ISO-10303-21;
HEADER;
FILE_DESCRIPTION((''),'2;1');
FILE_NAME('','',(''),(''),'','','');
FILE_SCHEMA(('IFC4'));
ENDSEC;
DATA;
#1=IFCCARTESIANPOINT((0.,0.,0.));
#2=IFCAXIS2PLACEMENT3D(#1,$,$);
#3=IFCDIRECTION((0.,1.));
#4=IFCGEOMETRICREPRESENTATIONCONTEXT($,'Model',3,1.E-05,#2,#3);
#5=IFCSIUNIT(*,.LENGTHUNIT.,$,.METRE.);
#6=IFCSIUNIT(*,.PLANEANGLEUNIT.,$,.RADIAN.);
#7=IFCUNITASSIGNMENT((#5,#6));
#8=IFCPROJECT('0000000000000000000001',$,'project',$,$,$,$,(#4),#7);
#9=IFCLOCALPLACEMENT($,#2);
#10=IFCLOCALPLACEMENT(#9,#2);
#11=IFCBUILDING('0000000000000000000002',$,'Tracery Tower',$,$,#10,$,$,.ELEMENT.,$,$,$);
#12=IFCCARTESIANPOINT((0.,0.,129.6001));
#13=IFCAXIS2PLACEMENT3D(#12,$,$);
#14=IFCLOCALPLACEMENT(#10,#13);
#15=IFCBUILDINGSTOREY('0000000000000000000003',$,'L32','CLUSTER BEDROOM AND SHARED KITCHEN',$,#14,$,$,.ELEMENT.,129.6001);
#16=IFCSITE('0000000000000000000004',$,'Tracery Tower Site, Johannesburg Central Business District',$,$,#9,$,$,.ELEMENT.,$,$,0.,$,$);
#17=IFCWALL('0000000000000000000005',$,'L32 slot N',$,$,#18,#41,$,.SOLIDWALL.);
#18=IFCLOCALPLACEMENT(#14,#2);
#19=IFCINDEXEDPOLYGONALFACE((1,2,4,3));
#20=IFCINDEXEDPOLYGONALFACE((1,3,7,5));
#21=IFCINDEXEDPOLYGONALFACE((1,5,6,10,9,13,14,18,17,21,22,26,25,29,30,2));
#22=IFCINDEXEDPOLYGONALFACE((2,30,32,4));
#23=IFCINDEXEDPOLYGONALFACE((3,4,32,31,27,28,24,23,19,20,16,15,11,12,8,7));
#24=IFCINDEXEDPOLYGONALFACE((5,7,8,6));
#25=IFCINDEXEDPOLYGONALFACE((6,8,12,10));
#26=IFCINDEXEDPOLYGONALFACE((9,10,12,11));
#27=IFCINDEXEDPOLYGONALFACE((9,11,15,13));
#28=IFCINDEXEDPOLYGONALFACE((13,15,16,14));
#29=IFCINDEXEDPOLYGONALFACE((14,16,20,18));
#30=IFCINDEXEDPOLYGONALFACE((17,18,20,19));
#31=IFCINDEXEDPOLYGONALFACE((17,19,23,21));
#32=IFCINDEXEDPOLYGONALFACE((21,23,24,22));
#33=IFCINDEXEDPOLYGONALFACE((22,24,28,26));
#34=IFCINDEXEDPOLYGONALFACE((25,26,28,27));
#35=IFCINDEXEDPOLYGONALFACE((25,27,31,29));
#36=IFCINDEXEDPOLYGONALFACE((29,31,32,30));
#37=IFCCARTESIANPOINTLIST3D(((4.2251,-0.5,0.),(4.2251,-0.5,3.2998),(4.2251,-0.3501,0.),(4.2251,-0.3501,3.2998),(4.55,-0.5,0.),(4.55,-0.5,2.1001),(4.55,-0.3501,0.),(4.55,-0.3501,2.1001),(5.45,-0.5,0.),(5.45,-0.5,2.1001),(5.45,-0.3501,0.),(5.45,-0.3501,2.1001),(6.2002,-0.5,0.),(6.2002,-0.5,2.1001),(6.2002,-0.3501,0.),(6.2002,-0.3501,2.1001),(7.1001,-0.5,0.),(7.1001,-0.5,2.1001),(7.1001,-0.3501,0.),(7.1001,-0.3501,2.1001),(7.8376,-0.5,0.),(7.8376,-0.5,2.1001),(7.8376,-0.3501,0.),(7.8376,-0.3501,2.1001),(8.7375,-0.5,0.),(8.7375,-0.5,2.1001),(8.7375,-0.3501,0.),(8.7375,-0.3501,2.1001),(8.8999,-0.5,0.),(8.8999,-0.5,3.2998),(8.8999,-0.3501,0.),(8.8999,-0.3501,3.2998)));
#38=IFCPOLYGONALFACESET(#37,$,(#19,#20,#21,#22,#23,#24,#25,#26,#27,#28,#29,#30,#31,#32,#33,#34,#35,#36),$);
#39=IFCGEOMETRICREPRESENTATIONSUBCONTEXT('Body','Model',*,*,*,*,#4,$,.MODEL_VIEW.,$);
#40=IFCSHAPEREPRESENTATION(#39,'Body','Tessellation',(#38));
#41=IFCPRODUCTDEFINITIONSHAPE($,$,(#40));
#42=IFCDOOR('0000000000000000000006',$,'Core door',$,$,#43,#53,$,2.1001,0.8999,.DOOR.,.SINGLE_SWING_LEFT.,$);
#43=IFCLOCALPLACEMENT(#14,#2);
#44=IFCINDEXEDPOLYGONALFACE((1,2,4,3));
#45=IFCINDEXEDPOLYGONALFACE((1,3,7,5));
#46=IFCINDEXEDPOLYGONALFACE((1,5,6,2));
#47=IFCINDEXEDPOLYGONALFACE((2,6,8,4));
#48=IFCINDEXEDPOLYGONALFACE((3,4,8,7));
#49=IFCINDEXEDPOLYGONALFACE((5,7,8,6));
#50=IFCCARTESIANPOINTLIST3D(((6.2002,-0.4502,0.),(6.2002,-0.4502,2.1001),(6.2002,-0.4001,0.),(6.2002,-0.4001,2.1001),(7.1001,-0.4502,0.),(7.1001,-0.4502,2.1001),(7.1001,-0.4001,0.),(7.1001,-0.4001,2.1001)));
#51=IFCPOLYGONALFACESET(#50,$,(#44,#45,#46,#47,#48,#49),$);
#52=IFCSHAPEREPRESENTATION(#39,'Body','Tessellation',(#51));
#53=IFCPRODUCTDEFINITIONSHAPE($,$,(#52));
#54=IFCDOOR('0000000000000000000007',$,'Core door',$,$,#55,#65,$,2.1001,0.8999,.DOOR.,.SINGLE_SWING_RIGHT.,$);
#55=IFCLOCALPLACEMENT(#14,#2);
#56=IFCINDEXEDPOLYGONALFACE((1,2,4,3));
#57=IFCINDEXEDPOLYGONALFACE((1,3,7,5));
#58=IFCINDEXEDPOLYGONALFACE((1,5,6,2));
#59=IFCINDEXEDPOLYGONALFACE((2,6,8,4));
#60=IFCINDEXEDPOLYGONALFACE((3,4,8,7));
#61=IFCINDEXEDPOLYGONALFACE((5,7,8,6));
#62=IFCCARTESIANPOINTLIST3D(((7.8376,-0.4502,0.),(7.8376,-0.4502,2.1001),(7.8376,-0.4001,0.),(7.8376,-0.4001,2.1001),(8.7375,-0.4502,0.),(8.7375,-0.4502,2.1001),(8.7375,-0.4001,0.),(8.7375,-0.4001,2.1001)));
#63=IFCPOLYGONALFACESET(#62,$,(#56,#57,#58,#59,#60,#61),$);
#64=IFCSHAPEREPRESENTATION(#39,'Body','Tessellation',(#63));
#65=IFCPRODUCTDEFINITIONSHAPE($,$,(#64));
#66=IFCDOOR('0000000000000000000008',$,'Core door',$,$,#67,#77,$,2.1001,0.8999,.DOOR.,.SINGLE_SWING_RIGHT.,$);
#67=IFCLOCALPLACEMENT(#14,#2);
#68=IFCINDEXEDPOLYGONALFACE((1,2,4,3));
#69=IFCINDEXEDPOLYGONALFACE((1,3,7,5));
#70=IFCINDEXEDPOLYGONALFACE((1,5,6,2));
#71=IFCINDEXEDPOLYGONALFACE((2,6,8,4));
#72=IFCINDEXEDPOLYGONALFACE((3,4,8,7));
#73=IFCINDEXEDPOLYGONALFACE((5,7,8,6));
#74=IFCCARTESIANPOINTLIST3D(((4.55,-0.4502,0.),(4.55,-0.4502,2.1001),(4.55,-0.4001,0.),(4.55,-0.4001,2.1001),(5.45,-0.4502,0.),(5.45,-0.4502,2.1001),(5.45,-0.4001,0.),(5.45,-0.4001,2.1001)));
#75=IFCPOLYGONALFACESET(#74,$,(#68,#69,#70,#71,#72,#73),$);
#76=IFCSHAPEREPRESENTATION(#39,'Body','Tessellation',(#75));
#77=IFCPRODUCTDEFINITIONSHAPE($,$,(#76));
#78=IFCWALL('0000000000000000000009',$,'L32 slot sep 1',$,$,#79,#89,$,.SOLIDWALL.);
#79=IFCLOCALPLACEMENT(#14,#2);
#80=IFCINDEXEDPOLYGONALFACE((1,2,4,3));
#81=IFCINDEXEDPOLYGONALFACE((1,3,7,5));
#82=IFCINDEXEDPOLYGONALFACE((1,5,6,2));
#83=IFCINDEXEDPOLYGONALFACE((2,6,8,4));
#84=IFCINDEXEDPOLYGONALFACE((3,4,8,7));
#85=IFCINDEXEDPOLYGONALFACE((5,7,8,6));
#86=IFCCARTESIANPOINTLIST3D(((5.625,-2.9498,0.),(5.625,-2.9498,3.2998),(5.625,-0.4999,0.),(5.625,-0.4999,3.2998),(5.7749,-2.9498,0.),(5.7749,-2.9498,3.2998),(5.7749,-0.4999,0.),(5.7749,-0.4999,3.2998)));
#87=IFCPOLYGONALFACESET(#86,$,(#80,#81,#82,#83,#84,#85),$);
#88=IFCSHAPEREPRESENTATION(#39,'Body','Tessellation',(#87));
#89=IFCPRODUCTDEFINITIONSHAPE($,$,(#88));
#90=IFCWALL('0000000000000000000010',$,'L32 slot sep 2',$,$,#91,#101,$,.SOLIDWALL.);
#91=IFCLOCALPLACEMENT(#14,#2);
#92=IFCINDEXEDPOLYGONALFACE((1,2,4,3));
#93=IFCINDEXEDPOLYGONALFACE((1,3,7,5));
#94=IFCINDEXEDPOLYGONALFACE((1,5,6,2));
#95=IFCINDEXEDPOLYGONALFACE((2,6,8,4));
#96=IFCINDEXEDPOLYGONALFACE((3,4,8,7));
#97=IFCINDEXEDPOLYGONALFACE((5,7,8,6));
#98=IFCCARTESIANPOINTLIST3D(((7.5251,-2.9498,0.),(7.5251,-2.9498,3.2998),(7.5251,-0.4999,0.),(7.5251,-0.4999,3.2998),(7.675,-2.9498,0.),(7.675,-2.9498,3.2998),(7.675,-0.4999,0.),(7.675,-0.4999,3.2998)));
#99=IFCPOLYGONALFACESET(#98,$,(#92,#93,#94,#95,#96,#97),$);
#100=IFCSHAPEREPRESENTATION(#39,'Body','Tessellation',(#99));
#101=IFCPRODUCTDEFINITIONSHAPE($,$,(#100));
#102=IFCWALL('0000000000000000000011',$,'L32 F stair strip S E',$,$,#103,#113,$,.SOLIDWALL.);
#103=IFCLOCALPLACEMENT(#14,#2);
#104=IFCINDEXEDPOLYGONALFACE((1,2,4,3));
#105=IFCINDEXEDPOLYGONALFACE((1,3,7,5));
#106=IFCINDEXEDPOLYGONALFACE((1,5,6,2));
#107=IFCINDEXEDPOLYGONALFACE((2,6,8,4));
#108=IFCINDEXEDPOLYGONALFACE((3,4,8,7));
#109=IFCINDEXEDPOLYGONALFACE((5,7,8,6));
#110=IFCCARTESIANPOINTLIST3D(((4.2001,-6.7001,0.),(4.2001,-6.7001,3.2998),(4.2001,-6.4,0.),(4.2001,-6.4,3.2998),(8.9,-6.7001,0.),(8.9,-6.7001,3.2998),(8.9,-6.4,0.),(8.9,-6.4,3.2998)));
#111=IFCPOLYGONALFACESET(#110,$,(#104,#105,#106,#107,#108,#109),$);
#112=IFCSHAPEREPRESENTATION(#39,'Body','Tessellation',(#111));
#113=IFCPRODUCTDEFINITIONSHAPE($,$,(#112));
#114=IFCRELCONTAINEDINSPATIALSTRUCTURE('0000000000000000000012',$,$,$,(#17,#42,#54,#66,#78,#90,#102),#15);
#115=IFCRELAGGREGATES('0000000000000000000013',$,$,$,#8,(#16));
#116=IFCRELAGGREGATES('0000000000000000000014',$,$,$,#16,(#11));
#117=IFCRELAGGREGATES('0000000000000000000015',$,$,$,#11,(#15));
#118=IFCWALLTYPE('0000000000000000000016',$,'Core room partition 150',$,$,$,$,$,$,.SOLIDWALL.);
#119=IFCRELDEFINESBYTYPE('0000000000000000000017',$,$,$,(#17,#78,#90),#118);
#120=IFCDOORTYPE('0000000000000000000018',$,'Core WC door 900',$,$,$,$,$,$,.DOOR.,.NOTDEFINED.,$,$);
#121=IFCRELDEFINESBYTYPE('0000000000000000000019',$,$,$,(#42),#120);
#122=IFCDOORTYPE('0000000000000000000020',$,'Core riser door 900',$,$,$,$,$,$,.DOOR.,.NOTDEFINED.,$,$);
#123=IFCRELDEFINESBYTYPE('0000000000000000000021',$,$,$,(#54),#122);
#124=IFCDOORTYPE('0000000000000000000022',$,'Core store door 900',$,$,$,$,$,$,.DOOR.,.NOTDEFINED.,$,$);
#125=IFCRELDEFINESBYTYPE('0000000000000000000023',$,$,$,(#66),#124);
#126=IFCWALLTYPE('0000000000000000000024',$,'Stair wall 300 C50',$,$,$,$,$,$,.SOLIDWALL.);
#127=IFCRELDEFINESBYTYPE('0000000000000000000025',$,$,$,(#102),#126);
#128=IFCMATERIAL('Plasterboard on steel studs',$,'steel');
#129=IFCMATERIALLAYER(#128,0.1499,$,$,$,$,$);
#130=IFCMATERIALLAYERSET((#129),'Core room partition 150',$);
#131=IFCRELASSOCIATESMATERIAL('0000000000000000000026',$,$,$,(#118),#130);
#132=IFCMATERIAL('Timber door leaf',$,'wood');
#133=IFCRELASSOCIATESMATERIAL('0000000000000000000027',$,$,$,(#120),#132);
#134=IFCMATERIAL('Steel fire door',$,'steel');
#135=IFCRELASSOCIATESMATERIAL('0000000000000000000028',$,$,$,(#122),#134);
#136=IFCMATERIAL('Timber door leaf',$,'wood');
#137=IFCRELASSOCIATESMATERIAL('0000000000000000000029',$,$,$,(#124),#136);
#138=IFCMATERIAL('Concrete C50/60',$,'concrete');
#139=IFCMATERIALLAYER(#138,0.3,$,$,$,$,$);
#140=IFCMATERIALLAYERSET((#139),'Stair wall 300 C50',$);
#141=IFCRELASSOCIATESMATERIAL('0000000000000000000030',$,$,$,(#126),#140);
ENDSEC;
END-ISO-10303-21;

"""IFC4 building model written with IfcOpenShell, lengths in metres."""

from ifc_helpers import new_model, si_unit, direction, frame, frame_2d, origin, place, context, subcontext, project, spatial, rectangle, extrude, material, layer, layer_set, type_object, element, fill, save


model = new_model("IFC4")

# Units and contexts
model_context = context("Model", 3, precision=1e-05, world=origin(), true_north=direction((0.0, 1.0)))
body_context = subcontext(model_context, "Body", "Model", "MODEL_VIEW")
ifc_project = project(units=[si_unit("LENGTHUNIT", "METRE"), si_unit("PLANEANGLEUNIT", "RADIAN")], contexts=[model_context])

# Site, building, storey
site_placement = place(None, origin())
site = spatial("IfcSite", under=ifc_project, at=site_placement, Name="Tracery Tower Site, Johannesburg Central Business District", CompositionType="ELEMENT", RefElevation=0.0)
building_placement = place(site_placement, origin())
building = spatial("IfcBuilding", under=site, at=building_placement, Name="Tracery Tower", CompositionType="ELEMENT")
storey_placement = place(building_placement, frame((0.0, 0.0, 129.6001)))
storey = spatial("IfcBuildingStorey", under=building, at=storey_placement, Name="L32", Description="CLUSTER BEDROOM AND SHARED KITCHEN", CompositionType="ELEMENT", Elevation=129.6001)

# Shared definitions
ifc_material_1 = material(Name="Plasterboard on steel studs", Category="steel")
ifc_layer_1 = layer(ifc_material_1, 0.1499)
ifc_layer_set_1 = layer_set([ifc_layer_1], Name="Core room partition 150")
wall_type_1 = type_object("IfcWallType", Name="Core room partition 150", PredefinedType="SOLIDWALL", material=ifc_layer_set_1)

# Wall, openings, doors
wall_1_placement = place(storey_placement, frame((4.2251, -0.425, 0.0), z_axis=(0.0, 0.0, 1.0), x_axis=(1.0, 0.0, 0.0)))
wall_1 = element("IfcWall", 1, at=wall_1_placement, inside=storey, type_object=wall_type_1, Name="L32 slot N", PredefinedType="SOLIDWALL", context=body_context, shape_type="SweptSolid", body=[
    extrude(rectangle(XDim=4.6748, YDim=0.1499, at=frame_2d((2.3374, 0.0))), origin(), (0.0, 0.0, 1.0), 3.2998),
])
opening_1_placement = place(wall_1_placement, frame((0.325, 0.0, 0.0)))
opening_1 = element("IfcOpeningElement", 2, at=opening_1_placement, cuts=wall_1, PredefinedType="OPENING", context=body_context, shape_type="SweptSolid", body=[
    extrude(rectangle(XDim=0.8999, YDim=2.1001, at=frame_2d((0.45, 1.05))), frame((0.0, 0.075, 0.0), z_axis=(0.0, -1.0, 0.0), x_axis=(1.0, 0.0, 0.0)), (0.0, 0.0, 1.0), 0.1499),
])
opening_2_placement = place(wall_1_placement, frame((1.9751, 0.0, 0.0)))
opening_2 = element("IfcOpeningElement", 3, at=opening_2_placement, cuts=wall_1, PredefinedType="OPENING", context=body_context, shape_type="SweptSolid", body=[
    extrude(rectangle(XDim=0.8999, YDim=2.1001, at=frame_2d((0.45, 1.05))), frame((0.0, 0.075, 0.0), z_axis=(0.0, -1.0, 0.0), x_axis=(1.0, 0.0, 0.0)), (0.0, 0.0, 1.0), 0.1499),
])
opening_3_placement = place(wall_1_placement, frame((3.6125, 0.0, 0.0)))
opening_3 = element("IfcOpeningElement", 4, at=opening_3_placement, cuts=wall_1, PredefinedType="OPENING", context=body_context, shape_type="SweptSolid", body=[
    extrude(rectangle(XDim=0.8999, YDim=2.1001, at=frame_2d((0.45, 1.05))), frame((0.0, 0.075, 0.0), z_axis=(0.0, -1.0, 0.0), x_axis=(1.0, 0.0, 0.0)), (0.0, 0.0, 1.0), 0.1499),
])
ifc_material_2 = material(Name="Timber door leaf", Category="wood")
door_type_1 = type_object("IfcDoorType", Name="Core WC door 900", OperationType="NOTDEFINED", PredefinedType="DOOR", material=ifc_material_2)
door_1_placement = place(opening_2_placement, origin())
door_1 = element("IfcDoor", 5, at=door_1_placement, inside=storey, type_object=door_type_1, Name="Core door", OperationType="SINGLE_SWING_LEFT", OverallHeight=2.1001, OverallWidth=0.8999, PredefinedType="DOOR", context=body_context, shape_type="SweptSolid", body=[
    extrude(rectangle(XDim=0.8999, YDim=2.1001, at=frame_2d((0.45, 1.05))), frame((0.0, 0.0249, 0.0), z_axis=(0.0, -1.0, 0.0), x_axis=(1.0, 0.0, 0.0)), (0.0, 0.0, 1.0), 0.05),
])
fill(opening_2, door_1)
ifc_material_3 = material(Name="Steel fire door", Category="steel")
door_type_2 = type_object("IfcDoorType", Name="Core riser door 900", OperationType="NOTDEFINED", PredefinedType="DOOR", material=ifc_material_3)
door_2_placement = place(opening_3_placement, origin())
door_2 = element("IfcDoor", 6, at=door_2_placement, inside=storey, type_object=door_type_2, Name="Core door", OperationType="SINGLE_SWING_RIGHT", OverallHeight=2.1001, OverallWidth=0.8999, PredefinedType="DOOR", context=body_context, shape_type="SweptSolid", body=[
    extrude(rectangle(XDim=0.8999, YDim=2.1001, at=frame_2d((0.45, 1.05))), frame((0.0, 0.0249, 0.0), z_axis=(0.0, -1.0, 0.0), x_axis=(1.0, 0.0, 0.0)), (0.0, 0.0, 1.0), 0.05),
])
fill(opening_3, door_2)
ifc_material_4 = material(Name="Timber door leaf", Category="wood")
door_type_3 = type_object("IfcDoorType", Name="Core store door 900", OperationType="NOTDEFINED", PredefinedType="DOOR", material=ifc_material_4)
door_3_placement = place(opening_1_placement, origin())
door_3 = element("IfcDoor", 7, at=door_3_placement, inside=storey, type_object=door_type_3, Name="Core door", OperationType="SINGLE_SWING_RIGHT", OverallHeight=2.1001, OverallWidth=0.8999, PredefinedType="DOOR", context=body_context, shape_type="SweptSolid", body=[
    extrude(rectangle(XDim=0.8999, YDim=2.1001, at=frame_2d((0.45, 1.05))), frame((0.0, 0.0249, 0.0), z_axis=(0.0, -1.0, 0.0), x_axis=(1.0, 0.0, 0.0)), (0.0, 0.0, 1.0), 0.05),
])
fill(opening_1, door_3)

# Walls
for number, where, z_axis, x_axis, name in (
    (8, (5.7, -2.95, 0.0), (0.0, 0.0, 1.0), (0.0, 1.0, 0.0), "L32 slot sep 1"),
    (9, (7.6001, -2.95, 0.0), (0.0, 0.0, 1.0), (0.0, 1.0, 0.0), "L32 slot sep 2"),
):
    element("IfcWall", number, at=place(storey_placement, frame(where, z_axis=z_axis, x_axis=x_axis)), inside=storey, type_object=wall_type_1, Name=name, PredefinedType="SOLIDWALL", context=body_context, shape_type="SweptSolid", body=[
        extrude(rectangle(XDim=2.45, YDim=0.1499, at=frame_2d((1.2251, 0.0))), origin(), (0.0, 0.0, 1.0), 3.2998),
    ])

# Shared definitions
ifc_material_5 = material(Name="Concrete C50/60", Category="concrete")
ifc_layer_2 = layer(ifc_material_5, 0.3)
ifc_layer_set_2 = layer_set([ifc_layer_2], Name="Stair wall 300 C50")
wall_type_2 = type_object("IfcWallType", Name="Stair wall 300 C50", PredefinedType="SOLIDWALL", material=ifc_layer_set_2)

# Wall
wall_2_placement = place(storey_placement, frame((4.2, -6.55, 0.0), z_axis=(0.0, 0.0, 1.0), x_axis=(1.0, 0.0, 0.0)))
element("IfcWall", 10, at=wall_2_placement, inside=storey, type_object=wall_type_2, Name="L32 F stair strip S E", PredefinedType="SOLIDWALL", context=body_context, shape_type="SweptSolid", body=[
    extrude(rectangle(XDim=4.7, YDim=0.3, at=frame_2d((2.3501, 0.0))), origin(), (0.0, 0.0, 1.0), 3.2998),
])

save(model, "model.ifc")
